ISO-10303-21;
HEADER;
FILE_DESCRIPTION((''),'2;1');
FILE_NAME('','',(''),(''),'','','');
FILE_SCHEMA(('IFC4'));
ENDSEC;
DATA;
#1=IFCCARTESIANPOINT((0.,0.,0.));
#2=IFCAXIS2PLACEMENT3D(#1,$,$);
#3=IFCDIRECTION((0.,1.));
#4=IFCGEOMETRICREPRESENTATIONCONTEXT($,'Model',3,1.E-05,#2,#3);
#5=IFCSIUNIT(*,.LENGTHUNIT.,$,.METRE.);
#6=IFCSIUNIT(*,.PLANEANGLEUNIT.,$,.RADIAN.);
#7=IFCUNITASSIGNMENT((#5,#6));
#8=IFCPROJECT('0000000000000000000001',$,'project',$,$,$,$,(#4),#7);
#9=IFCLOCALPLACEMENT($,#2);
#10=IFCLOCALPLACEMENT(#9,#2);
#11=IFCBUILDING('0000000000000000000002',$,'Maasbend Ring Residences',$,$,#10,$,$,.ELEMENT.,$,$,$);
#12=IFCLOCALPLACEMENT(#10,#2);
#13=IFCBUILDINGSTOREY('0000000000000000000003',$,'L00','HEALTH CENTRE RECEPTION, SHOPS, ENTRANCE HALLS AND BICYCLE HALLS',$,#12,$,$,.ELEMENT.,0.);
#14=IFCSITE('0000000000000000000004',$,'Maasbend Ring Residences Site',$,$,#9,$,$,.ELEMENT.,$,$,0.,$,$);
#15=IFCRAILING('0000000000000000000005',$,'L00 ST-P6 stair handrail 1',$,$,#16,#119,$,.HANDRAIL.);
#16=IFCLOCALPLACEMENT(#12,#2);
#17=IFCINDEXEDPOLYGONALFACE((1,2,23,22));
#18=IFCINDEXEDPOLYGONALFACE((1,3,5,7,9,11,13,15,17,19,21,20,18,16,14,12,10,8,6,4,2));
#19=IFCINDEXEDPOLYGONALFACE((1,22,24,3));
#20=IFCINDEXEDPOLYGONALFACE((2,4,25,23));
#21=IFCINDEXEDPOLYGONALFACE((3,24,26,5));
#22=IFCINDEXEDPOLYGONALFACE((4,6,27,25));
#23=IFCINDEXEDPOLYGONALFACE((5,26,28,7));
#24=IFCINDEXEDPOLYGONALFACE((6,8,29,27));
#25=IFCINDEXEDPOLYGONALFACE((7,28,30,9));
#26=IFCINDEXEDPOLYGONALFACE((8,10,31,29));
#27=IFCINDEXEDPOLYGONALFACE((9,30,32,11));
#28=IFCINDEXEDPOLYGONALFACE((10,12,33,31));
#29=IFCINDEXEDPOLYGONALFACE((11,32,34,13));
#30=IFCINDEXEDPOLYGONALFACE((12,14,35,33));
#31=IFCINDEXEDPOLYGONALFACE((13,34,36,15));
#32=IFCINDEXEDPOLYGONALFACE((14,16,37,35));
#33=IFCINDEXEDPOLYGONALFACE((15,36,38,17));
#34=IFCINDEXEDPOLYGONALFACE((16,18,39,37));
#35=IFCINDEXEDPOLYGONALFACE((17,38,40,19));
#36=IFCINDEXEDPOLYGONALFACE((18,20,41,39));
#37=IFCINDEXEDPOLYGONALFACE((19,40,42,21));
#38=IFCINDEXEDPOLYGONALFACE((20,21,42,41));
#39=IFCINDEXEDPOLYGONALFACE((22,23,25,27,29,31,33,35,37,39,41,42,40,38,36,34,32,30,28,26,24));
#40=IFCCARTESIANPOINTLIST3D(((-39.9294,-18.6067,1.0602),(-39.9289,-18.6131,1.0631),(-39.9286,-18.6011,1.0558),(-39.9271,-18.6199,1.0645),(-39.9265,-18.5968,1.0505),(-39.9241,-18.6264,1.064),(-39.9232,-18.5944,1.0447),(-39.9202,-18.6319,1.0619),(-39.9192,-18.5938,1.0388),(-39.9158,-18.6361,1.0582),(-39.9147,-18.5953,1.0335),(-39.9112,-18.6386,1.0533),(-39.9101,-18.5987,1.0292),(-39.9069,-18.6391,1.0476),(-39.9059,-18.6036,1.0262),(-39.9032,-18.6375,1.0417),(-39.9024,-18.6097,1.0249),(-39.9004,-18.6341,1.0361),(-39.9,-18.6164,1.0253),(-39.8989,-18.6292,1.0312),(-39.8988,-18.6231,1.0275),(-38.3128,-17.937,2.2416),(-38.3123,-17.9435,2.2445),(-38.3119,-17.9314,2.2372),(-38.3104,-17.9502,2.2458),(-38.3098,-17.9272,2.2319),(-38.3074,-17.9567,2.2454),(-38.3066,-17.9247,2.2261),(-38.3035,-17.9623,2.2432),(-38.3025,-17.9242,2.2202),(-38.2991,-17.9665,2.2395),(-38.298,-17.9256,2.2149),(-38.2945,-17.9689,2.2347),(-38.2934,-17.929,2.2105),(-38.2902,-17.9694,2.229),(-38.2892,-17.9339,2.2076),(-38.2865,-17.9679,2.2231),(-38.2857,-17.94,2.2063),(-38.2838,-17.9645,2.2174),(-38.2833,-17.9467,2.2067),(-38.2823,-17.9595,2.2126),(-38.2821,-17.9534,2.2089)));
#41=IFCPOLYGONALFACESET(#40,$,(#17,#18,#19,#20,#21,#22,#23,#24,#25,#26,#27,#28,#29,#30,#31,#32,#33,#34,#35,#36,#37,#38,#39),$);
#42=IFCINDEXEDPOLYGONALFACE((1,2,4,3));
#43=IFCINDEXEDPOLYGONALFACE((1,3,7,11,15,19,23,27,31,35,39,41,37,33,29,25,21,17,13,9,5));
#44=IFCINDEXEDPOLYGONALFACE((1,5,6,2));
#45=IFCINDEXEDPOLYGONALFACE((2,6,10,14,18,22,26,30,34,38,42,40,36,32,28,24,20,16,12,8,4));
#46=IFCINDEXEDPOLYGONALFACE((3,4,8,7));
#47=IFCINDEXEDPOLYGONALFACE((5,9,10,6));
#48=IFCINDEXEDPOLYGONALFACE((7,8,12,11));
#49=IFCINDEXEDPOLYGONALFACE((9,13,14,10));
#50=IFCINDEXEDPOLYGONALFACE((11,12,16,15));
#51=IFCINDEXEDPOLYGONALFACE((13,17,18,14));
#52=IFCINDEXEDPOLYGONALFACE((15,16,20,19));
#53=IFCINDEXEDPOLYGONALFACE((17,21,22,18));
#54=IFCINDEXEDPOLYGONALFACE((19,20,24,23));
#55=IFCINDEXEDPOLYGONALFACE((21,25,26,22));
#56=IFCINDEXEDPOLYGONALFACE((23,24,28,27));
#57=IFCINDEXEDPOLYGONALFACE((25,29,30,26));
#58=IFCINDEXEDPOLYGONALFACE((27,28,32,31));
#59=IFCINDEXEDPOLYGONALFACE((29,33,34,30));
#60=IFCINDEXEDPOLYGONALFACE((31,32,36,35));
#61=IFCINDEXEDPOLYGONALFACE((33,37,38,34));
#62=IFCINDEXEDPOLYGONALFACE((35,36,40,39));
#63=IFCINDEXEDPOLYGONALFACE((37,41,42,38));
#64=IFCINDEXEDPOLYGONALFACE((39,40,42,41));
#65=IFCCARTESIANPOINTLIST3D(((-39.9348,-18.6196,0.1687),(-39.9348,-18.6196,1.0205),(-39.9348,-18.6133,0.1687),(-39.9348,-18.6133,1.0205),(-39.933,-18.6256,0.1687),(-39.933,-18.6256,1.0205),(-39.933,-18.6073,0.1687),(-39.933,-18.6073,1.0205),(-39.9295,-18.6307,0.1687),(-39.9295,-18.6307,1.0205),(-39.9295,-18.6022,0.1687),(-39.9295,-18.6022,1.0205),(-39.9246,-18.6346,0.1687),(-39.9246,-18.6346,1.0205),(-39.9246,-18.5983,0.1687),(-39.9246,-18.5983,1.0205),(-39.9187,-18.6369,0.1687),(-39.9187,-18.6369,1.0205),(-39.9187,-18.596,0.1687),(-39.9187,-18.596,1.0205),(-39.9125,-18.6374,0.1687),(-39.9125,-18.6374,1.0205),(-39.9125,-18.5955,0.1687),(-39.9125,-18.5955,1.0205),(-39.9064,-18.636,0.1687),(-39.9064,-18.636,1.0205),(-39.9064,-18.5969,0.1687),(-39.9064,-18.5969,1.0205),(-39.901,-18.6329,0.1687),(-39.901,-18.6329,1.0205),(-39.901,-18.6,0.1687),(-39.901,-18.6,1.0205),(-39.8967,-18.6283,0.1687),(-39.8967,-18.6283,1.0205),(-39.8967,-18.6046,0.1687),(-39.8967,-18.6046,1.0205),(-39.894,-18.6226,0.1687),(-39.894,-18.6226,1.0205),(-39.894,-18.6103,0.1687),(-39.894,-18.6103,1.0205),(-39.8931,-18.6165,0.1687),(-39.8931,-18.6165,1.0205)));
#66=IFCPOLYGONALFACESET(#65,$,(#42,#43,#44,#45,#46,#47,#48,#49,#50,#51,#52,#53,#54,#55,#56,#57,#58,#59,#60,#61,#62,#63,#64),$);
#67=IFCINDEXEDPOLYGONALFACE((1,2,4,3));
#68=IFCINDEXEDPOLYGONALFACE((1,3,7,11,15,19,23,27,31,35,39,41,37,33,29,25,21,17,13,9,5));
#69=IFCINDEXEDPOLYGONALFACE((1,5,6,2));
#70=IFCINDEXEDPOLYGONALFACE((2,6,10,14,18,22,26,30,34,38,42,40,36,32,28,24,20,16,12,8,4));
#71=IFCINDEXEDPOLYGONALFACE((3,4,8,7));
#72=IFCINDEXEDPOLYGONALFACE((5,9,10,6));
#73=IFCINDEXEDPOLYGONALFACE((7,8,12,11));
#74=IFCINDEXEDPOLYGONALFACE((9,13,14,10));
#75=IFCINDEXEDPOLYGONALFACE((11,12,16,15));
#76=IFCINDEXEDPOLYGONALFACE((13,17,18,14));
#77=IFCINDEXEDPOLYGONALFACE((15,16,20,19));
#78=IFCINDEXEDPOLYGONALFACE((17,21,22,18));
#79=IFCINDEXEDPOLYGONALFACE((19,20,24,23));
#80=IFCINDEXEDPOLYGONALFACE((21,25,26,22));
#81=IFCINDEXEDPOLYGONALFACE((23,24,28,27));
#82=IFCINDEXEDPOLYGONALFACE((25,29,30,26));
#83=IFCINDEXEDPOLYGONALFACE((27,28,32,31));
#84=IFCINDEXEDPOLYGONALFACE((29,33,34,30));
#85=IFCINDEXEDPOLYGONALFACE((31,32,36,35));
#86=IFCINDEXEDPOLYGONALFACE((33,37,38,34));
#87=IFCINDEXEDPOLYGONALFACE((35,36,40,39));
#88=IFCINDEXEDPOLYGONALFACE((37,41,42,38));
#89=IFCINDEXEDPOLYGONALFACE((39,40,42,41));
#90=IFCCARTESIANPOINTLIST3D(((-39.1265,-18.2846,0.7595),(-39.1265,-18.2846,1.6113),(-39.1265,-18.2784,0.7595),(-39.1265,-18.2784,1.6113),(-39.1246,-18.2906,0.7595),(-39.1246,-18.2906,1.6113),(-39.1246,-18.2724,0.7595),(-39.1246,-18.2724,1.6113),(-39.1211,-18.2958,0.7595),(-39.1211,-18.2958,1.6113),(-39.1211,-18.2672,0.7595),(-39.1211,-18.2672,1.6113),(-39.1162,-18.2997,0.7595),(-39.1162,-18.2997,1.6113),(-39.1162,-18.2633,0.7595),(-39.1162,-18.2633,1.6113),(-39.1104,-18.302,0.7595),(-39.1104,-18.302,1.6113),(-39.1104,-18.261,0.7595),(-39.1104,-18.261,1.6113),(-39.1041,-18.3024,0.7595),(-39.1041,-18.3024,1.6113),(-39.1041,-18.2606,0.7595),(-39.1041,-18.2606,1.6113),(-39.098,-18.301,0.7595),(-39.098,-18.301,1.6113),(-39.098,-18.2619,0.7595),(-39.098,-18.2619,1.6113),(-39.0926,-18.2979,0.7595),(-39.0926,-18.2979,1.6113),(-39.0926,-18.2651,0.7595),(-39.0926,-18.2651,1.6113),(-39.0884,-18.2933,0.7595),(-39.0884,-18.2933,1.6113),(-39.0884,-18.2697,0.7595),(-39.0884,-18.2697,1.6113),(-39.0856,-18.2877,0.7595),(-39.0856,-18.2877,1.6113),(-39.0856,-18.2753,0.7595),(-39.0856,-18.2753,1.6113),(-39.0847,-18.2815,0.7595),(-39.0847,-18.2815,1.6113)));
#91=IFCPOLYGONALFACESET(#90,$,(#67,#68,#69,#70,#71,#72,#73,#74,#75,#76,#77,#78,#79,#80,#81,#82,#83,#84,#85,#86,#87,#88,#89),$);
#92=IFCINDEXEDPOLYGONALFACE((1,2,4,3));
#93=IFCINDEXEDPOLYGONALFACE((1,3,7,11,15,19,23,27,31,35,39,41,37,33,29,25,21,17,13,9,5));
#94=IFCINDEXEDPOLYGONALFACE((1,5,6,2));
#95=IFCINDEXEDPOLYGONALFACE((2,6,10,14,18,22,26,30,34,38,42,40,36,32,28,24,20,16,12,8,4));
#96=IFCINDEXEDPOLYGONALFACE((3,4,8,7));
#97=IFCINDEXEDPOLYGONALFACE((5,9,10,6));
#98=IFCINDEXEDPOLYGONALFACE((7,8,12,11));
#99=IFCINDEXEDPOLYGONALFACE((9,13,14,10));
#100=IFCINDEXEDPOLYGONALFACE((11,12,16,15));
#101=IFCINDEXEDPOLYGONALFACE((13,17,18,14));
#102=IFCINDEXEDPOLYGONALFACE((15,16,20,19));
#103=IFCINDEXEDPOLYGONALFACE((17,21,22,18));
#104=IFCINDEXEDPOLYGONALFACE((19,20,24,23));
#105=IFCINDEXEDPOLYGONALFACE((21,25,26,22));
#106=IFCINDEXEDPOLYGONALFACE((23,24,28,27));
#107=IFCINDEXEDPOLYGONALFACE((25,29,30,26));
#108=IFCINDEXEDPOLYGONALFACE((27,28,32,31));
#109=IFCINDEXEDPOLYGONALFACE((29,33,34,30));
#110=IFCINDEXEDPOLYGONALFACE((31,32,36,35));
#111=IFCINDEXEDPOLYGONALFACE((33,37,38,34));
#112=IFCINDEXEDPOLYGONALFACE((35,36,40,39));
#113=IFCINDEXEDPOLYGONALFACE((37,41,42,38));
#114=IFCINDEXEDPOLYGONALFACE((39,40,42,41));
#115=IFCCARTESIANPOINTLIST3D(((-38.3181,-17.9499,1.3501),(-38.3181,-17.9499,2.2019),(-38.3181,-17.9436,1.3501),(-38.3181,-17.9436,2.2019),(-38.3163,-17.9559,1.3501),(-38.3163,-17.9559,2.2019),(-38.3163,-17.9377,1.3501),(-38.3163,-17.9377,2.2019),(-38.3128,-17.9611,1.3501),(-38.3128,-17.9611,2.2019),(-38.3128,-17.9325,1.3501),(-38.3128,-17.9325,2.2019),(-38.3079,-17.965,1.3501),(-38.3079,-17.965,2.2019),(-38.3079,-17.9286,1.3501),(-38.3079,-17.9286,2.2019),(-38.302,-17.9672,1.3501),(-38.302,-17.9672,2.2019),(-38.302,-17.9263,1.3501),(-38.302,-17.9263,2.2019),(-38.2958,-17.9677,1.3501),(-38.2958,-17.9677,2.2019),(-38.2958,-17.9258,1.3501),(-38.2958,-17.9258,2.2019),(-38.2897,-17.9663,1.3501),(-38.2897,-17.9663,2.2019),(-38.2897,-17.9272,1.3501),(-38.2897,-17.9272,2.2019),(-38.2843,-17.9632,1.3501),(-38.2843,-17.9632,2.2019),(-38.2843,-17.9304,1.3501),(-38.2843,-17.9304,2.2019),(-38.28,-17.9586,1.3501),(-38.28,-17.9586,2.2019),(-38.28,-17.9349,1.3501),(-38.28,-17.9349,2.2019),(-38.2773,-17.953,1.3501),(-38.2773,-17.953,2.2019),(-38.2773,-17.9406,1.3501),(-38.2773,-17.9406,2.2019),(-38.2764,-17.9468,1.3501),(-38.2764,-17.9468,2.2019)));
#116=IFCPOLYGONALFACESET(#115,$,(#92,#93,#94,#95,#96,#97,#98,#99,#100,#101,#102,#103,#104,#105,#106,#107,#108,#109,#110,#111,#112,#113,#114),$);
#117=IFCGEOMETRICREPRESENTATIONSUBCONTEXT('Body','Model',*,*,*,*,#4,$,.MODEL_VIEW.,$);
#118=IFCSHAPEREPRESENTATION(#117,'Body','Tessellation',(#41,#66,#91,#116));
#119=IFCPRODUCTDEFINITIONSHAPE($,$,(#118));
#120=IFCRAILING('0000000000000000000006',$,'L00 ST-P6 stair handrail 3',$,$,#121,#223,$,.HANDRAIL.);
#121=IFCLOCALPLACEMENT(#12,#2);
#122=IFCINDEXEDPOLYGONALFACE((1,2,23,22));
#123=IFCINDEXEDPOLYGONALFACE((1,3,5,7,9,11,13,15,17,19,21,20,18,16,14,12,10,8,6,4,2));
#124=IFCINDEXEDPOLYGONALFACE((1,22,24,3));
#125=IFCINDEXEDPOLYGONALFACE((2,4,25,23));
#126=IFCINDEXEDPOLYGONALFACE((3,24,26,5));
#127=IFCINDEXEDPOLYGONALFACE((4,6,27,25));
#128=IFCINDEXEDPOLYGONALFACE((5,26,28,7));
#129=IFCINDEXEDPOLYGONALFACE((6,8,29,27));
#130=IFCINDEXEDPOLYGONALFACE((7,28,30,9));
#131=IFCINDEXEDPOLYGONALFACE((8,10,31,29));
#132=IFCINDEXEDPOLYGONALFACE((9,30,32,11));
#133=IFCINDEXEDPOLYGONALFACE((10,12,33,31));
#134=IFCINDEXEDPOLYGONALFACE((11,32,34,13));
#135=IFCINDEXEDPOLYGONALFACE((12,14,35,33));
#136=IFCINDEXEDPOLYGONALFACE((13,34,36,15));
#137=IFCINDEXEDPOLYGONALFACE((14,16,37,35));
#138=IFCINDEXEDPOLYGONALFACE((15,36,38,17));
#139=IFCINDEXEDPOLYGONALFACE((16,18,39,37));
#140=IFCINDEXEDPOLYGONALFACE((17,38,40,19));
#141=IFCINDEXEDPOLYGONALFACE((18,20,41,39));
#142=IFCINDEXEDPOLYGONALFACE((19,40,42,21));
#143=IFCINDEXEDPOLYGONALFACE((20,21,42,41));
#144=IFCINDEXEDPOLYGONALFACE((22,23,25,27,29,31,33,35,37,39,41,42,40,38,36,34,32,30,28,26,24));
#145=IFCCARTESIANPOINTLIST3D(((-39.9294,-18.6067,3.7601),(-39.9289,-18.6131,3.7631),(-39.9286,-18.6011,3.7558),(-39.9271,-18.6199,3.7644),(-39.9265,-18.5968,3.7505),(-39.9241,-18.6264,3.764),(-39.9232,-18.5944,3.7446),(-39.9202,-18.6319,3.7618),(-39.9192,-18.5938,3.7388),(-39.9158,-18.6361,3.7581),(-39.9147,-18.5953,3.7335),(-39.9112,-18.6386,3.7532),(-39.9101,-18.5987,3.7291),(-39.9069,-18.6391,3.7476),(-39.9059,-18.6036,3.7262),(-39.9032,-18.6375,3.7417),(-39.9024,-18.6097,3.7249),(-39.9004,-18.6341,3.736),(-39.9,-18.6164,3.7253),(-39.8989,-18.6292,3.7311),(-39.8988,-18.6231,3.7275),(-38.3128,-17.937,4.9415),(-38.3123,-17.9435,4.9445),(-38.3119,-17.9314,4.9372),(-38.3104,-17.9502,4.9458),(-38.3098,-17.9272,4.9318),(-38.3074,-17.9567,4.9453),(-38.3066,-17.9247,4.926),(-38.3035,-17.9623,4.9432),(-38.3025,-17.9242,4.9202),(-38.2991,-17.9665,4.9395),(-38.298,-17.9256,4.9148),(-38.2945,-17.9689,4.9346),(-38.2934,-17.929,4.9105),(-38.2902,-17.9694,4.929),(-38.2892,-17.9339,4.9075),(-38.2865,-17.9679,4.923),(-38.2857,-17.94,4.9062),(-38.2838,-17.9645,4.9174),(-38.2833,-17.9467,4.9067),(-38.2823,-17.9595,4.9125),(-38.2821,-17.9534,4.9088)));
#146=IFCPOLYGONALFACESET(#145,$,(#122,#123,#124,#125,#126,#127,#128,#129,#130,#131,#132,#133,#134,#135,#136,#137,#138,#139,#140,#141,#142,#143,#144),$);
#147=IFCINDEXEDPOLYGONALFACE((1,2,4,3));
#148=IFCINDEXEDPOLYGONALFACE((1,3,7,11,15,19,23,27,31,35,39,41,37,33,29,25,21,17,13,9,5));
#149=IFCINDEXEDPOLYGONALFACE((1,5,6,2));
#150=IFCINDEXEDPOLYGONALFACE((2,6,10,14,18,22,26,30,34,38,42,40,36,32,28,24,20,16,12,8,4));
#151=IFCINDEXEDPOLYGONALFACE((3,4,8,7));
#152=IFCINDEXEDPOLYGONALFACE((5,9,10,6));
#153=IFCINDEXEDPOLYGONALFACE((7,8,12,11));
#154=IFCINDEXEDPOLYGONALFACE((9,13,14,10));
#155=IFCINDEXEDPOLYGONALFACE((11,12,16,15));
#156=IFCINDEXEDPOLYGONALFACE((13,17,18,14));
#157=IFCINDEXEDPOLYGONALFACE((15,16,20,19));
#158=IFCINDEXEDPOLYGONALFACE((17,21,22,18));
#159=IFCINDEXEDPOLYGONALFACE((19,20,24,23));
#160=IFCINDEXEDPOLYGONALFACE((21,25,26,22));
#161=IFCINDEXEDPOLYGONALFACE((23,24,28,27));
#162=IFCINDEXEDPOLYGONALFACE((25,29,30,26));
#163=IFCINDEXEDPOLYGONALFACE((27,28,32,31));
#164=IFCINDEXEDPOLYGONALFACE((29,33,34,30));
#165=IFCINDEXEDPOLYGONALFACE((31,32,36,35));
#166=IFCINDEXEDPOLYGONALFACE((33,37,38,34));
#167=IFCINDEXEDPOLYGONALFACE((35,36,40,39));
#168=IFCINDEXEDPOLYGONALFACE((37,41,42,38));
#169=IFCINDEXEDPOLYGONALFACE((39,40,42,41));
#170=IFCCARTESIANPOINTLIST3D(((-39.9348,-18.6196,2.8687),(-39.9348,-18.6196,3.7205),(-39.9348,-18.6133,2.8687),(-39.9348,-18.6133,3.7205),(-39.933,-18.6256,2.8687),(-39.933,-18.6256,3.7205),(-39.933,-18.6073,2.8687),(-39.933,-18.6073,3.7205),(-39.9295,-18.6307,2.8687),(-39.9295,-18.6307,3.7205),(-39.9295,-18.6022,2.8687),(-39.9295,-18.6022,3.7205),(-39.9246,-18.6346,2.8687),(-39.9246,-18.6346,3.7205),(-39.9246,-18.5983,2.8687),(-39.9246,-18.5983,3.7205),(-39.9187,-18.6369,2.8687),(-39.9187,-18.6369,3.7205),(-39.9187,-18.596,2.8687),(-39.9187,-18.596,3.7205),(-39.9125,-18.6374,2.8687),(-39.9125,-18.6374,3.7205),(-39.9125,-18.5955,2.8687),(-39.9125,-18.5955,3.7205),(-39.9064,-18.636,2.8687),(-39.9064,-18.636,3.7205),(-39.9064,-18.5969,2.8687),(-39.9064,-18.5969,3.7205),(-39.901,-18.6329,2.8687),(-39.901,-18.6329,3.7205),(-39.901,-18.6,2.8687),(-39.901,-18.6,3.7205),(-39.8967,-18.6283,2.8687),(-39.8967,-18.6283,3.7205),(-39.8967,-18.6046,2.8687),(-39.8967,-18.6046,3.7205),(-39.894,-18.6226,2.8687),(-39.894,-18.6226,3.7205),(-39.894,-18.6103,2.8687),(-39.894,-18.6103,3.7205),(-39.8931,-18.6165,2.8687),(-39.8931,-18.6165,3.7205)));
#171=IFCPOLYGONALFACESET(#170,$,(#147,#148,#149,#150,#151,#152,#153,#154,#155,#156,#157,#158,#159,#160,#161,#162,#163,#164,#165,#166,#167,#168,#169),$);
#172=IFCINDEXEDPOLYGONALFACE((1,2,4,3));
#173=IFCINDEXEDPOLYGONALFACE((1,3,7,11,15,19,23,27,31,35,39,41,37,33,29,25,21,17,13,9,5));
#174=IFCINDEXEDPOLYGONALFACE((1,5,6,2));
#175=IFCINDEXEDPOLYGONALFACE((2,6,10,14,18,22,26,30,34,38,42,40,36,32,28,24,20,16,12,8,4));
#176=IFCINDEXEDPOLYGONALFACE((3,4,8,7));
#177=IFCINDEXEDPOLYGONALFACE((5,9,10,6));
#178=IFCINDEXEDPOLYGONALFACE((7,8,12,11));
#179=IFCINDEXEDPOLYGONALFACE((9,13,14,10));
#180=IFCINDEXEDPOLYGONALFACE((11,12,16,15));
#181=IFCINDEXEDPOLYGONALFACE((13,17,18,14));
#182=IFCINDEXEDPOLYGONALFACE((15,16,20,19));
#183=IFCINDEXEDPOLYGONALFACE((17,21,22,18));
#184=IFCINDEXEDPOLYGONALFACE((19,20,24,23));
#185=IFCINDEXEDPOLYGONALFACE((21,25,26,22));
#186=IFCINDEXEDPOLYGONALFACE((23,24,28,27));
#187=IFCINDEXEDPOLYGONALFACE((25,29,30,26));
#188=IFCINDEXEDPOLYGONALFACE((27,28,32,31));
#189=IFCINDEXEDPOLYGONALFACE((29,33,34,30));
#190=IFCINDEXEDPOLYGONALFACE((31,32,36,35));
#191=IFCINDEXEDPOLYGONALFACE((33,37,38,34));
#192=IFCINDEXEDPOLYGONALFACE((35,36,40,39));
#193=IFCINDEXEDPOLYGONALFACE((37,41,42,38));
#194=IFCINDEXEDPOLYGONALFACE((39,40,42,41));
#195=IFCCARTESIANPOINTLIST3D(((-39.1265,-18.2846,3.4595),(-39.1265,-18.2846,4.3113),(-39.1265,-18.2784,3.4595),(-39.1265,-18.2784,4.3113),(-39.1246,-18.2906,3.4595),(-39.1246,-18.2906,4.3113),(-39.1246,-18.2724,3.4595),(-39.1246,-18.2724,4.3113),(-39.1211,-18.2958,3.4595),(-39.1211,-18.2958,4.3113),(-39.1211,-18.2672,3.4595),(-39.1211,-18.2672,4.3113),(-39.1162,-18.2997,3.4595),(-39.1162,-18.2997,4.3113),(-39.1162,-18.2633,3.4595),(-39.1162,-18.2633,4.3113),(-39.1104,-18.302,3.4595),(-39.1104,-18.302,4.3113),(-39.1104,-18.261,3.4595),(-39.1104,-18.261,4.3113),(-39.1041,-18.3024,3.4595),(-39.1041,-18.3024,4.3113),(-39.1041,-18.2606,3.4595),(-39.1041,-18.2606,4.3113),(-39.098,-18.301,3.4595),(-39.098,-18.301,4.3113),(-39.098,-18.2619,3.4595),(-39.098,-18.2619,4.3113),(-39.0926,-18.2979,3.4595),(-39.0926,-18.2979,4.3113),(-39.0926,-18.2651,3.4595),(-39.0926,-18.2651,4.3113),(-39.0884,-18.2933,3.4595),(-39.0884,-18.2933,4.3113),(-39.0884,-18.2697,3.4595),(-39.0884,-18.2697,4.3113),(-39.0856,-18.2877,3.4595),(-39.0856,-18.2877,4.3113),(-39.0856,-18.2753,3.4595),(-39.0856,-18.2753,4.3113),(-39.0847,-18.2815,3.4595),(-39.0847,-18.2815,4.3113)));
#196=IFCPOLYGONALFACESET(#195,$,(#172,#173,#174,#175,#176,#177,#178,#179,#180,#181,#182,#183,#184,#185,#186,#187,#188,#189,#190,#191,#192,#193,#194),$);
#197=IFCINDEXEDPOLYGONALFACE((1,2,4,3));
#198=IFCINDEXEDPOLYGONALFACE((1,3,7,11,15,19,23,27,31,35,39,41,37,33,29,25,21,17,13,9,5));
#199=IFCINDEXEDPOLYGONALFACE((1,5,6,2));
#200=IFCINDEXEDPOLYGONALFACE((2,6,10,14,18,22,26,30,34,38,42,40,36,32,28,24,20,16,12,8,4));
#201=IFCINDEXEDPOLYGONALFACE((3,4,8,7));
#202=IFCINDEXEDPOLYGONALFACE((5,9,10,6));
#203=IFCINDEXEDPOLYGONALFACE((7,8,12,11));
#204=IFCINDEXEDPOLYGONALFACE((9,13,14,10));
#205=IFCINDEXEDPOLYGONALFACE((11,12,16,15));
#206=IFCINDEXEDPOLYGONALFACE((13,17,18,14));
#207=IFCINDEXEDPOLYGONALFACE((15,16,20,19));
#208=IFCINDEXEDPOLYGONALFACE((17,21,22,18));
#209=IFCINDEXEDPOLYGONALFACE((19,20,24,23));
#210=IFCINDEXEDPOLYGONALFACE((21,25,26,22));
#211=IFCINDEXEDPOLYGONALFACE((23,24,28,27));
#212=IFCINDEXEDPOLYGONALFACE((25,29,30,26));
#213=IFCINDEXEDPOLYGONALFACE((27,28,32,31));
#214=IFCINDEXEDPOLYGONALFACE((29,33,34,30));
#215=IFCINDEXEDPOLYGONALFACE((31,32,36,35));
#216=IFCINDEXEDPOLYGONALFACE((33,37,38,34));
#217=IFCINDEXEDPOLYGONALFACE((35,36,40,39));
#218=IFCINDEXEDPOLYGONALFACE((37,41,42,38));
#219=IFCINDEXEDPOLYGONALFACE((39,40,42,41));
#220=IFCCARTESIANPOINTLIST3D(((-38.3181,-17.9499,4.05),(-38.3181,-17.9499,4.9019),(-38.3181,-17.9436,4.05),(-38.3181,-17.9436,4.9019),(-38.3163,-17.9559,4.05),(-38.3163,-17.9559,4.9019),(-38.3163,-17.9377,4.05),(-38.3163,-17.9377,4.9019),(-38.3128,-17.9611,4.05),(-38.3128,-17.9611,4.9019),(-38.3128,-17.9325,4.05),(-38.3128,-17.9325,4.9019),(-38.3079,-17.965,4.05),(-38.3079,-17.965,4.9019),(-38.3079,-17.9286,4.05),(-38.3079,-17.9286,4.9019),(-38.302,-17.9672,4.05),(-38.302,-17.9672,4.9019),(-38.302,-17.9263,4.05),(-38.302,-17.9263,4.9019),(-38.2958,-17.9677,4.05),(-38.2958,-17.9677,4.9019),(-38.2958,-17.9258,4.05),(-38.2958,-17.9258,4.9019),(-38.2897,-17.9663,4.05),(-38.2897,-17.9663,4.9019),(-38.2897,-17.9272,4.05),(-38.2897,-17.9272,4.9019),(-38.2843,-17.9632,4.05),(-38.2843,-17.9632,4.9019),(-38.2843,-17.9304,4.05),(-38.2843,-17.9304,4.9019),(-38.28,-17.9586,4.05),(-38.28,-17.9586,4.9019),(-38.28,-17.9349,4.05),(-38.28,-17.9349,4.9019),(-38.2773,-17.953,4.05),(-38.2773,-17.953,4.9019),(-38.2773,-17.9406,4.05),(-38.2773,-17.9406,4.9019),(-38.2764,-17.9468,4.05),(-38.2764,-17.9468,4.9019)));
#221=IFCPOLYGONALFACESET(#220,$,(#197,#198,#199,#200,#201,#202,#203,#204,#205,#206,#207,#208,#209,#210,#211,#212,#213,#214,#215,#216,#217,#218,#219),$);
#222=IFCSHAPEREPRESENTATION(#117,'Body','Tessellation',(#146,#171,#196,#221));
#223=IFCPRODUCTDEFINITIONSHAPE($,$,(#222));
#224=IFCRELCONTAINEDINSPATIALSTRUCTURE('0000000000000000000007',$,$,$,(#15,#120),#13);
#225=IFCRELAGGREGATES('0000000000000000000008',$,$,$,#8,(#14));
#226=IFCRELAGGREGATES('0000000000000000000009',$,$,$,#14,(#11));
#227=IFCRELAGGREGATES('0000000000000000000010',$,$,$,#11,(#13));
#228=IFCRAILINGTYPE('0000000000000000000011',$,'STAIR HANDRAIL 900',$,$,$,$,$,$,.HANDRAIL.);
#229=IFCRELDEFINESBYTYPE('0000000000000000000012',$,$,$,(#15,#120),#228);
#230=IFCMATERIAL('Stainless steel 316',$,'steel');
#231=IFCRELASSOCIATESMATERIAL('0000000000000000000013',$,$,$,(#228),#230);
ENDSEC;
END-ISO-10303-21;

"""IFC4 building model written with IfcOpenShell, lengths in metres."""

from ifc_helpers import new_model, si_unit, direction, frame, origin, origin_2d, place, context, subcontext, project, spatial, circle, extrude, material, type_object, element, save


model = new_model("IFC4")

# Units and contexts
model_context = context("Model", 3, precision=1e-05, world=origin(), true_north=direction((0.0, 1.0)))
body_context = subcontext(model_context, "Body", "Model", "MODEL_VIEW")
ifc_project = project(units=[si_unit("LENGTHUNIT", "METRE"), si_unit("PLANEANGLEUNIT", "RADIAN")], contexts=[model_context])

# Site, building, storey
site_placement = place(None, origin())
site = spatial("IfcSite", under=ifc_project, at=site_placement, Name="Maasbend Ring Residences Site", CompositionType="ELEMENT", RefElevation=0.0)
building_placement = place(site_placement, origin())
building = spatial("IfcBuilding", under=site, at=building_placement, Name="Maasbend Ring Residences", CompositionType="ELEMENT")
storey_placement = place(building_placement, origin())
storey = spatial("IfcBuildingStorey", under=building, at=storey_placement, Name="L00", Description="HEALTH CENTRE RECEPTION, SHOPS, ENTRANCE HALLS AND BICYCLE HALLS", CompositionType="ELEMENT", Elevation=0.0)

# Railings
ifc_material_1 = material(Name="Stainless steel 316", Category="steel")
railing_type_1 = type_object("IfcRailingType", Name="STAIR HANDRAIL 900", PredefinedType="HANDRAIL", material=ifc_material_1)
for number, where, name in (
    (1, (-39.9141, -18.6165, 0.1687), "L00 ST-P6 stair handrail 1"),
    (2, (-39.9141, -18.6165, 2.8687), "L00 ST-P6 stair handrail 3"),
):
    element("IfcRailing", number, at=place(storey_placement, frame(where)), inside=storey, type_object=railing_type_1, Name=name, PredefinedType="HANDRAIL", context=body_context, shape_type="SweptSolid", body=[
        extrude(circle(Radius=0.0239, at=origin_2d()), frame((0.0, 0.0, 0.876), z_axis=(0.765711, 0.317177, 0.55954), x_axis=(-0.382693, 0.923876, 0.0)), (0.0, 0.0, 1.0), 2.1113),
        extrude(circle(Radius=0.021, at=origin_2d()), origin(), (0.0, 0.0, 1.0), 0.8518),
        extrude(circle(Radius=0.021, at=origin_2d()), frame((0.8083, 0.335, 0.5908)), (0.0, 0.0, 1.0), 0.8518),
        extrude(circle(Radius=0.021, at=origin_2d()), frame((1.6167, 0.6697, 1.1814)), (0.0, 0.0, 1.0), 0.8518),
    ])

save(model, "model.ifc")
